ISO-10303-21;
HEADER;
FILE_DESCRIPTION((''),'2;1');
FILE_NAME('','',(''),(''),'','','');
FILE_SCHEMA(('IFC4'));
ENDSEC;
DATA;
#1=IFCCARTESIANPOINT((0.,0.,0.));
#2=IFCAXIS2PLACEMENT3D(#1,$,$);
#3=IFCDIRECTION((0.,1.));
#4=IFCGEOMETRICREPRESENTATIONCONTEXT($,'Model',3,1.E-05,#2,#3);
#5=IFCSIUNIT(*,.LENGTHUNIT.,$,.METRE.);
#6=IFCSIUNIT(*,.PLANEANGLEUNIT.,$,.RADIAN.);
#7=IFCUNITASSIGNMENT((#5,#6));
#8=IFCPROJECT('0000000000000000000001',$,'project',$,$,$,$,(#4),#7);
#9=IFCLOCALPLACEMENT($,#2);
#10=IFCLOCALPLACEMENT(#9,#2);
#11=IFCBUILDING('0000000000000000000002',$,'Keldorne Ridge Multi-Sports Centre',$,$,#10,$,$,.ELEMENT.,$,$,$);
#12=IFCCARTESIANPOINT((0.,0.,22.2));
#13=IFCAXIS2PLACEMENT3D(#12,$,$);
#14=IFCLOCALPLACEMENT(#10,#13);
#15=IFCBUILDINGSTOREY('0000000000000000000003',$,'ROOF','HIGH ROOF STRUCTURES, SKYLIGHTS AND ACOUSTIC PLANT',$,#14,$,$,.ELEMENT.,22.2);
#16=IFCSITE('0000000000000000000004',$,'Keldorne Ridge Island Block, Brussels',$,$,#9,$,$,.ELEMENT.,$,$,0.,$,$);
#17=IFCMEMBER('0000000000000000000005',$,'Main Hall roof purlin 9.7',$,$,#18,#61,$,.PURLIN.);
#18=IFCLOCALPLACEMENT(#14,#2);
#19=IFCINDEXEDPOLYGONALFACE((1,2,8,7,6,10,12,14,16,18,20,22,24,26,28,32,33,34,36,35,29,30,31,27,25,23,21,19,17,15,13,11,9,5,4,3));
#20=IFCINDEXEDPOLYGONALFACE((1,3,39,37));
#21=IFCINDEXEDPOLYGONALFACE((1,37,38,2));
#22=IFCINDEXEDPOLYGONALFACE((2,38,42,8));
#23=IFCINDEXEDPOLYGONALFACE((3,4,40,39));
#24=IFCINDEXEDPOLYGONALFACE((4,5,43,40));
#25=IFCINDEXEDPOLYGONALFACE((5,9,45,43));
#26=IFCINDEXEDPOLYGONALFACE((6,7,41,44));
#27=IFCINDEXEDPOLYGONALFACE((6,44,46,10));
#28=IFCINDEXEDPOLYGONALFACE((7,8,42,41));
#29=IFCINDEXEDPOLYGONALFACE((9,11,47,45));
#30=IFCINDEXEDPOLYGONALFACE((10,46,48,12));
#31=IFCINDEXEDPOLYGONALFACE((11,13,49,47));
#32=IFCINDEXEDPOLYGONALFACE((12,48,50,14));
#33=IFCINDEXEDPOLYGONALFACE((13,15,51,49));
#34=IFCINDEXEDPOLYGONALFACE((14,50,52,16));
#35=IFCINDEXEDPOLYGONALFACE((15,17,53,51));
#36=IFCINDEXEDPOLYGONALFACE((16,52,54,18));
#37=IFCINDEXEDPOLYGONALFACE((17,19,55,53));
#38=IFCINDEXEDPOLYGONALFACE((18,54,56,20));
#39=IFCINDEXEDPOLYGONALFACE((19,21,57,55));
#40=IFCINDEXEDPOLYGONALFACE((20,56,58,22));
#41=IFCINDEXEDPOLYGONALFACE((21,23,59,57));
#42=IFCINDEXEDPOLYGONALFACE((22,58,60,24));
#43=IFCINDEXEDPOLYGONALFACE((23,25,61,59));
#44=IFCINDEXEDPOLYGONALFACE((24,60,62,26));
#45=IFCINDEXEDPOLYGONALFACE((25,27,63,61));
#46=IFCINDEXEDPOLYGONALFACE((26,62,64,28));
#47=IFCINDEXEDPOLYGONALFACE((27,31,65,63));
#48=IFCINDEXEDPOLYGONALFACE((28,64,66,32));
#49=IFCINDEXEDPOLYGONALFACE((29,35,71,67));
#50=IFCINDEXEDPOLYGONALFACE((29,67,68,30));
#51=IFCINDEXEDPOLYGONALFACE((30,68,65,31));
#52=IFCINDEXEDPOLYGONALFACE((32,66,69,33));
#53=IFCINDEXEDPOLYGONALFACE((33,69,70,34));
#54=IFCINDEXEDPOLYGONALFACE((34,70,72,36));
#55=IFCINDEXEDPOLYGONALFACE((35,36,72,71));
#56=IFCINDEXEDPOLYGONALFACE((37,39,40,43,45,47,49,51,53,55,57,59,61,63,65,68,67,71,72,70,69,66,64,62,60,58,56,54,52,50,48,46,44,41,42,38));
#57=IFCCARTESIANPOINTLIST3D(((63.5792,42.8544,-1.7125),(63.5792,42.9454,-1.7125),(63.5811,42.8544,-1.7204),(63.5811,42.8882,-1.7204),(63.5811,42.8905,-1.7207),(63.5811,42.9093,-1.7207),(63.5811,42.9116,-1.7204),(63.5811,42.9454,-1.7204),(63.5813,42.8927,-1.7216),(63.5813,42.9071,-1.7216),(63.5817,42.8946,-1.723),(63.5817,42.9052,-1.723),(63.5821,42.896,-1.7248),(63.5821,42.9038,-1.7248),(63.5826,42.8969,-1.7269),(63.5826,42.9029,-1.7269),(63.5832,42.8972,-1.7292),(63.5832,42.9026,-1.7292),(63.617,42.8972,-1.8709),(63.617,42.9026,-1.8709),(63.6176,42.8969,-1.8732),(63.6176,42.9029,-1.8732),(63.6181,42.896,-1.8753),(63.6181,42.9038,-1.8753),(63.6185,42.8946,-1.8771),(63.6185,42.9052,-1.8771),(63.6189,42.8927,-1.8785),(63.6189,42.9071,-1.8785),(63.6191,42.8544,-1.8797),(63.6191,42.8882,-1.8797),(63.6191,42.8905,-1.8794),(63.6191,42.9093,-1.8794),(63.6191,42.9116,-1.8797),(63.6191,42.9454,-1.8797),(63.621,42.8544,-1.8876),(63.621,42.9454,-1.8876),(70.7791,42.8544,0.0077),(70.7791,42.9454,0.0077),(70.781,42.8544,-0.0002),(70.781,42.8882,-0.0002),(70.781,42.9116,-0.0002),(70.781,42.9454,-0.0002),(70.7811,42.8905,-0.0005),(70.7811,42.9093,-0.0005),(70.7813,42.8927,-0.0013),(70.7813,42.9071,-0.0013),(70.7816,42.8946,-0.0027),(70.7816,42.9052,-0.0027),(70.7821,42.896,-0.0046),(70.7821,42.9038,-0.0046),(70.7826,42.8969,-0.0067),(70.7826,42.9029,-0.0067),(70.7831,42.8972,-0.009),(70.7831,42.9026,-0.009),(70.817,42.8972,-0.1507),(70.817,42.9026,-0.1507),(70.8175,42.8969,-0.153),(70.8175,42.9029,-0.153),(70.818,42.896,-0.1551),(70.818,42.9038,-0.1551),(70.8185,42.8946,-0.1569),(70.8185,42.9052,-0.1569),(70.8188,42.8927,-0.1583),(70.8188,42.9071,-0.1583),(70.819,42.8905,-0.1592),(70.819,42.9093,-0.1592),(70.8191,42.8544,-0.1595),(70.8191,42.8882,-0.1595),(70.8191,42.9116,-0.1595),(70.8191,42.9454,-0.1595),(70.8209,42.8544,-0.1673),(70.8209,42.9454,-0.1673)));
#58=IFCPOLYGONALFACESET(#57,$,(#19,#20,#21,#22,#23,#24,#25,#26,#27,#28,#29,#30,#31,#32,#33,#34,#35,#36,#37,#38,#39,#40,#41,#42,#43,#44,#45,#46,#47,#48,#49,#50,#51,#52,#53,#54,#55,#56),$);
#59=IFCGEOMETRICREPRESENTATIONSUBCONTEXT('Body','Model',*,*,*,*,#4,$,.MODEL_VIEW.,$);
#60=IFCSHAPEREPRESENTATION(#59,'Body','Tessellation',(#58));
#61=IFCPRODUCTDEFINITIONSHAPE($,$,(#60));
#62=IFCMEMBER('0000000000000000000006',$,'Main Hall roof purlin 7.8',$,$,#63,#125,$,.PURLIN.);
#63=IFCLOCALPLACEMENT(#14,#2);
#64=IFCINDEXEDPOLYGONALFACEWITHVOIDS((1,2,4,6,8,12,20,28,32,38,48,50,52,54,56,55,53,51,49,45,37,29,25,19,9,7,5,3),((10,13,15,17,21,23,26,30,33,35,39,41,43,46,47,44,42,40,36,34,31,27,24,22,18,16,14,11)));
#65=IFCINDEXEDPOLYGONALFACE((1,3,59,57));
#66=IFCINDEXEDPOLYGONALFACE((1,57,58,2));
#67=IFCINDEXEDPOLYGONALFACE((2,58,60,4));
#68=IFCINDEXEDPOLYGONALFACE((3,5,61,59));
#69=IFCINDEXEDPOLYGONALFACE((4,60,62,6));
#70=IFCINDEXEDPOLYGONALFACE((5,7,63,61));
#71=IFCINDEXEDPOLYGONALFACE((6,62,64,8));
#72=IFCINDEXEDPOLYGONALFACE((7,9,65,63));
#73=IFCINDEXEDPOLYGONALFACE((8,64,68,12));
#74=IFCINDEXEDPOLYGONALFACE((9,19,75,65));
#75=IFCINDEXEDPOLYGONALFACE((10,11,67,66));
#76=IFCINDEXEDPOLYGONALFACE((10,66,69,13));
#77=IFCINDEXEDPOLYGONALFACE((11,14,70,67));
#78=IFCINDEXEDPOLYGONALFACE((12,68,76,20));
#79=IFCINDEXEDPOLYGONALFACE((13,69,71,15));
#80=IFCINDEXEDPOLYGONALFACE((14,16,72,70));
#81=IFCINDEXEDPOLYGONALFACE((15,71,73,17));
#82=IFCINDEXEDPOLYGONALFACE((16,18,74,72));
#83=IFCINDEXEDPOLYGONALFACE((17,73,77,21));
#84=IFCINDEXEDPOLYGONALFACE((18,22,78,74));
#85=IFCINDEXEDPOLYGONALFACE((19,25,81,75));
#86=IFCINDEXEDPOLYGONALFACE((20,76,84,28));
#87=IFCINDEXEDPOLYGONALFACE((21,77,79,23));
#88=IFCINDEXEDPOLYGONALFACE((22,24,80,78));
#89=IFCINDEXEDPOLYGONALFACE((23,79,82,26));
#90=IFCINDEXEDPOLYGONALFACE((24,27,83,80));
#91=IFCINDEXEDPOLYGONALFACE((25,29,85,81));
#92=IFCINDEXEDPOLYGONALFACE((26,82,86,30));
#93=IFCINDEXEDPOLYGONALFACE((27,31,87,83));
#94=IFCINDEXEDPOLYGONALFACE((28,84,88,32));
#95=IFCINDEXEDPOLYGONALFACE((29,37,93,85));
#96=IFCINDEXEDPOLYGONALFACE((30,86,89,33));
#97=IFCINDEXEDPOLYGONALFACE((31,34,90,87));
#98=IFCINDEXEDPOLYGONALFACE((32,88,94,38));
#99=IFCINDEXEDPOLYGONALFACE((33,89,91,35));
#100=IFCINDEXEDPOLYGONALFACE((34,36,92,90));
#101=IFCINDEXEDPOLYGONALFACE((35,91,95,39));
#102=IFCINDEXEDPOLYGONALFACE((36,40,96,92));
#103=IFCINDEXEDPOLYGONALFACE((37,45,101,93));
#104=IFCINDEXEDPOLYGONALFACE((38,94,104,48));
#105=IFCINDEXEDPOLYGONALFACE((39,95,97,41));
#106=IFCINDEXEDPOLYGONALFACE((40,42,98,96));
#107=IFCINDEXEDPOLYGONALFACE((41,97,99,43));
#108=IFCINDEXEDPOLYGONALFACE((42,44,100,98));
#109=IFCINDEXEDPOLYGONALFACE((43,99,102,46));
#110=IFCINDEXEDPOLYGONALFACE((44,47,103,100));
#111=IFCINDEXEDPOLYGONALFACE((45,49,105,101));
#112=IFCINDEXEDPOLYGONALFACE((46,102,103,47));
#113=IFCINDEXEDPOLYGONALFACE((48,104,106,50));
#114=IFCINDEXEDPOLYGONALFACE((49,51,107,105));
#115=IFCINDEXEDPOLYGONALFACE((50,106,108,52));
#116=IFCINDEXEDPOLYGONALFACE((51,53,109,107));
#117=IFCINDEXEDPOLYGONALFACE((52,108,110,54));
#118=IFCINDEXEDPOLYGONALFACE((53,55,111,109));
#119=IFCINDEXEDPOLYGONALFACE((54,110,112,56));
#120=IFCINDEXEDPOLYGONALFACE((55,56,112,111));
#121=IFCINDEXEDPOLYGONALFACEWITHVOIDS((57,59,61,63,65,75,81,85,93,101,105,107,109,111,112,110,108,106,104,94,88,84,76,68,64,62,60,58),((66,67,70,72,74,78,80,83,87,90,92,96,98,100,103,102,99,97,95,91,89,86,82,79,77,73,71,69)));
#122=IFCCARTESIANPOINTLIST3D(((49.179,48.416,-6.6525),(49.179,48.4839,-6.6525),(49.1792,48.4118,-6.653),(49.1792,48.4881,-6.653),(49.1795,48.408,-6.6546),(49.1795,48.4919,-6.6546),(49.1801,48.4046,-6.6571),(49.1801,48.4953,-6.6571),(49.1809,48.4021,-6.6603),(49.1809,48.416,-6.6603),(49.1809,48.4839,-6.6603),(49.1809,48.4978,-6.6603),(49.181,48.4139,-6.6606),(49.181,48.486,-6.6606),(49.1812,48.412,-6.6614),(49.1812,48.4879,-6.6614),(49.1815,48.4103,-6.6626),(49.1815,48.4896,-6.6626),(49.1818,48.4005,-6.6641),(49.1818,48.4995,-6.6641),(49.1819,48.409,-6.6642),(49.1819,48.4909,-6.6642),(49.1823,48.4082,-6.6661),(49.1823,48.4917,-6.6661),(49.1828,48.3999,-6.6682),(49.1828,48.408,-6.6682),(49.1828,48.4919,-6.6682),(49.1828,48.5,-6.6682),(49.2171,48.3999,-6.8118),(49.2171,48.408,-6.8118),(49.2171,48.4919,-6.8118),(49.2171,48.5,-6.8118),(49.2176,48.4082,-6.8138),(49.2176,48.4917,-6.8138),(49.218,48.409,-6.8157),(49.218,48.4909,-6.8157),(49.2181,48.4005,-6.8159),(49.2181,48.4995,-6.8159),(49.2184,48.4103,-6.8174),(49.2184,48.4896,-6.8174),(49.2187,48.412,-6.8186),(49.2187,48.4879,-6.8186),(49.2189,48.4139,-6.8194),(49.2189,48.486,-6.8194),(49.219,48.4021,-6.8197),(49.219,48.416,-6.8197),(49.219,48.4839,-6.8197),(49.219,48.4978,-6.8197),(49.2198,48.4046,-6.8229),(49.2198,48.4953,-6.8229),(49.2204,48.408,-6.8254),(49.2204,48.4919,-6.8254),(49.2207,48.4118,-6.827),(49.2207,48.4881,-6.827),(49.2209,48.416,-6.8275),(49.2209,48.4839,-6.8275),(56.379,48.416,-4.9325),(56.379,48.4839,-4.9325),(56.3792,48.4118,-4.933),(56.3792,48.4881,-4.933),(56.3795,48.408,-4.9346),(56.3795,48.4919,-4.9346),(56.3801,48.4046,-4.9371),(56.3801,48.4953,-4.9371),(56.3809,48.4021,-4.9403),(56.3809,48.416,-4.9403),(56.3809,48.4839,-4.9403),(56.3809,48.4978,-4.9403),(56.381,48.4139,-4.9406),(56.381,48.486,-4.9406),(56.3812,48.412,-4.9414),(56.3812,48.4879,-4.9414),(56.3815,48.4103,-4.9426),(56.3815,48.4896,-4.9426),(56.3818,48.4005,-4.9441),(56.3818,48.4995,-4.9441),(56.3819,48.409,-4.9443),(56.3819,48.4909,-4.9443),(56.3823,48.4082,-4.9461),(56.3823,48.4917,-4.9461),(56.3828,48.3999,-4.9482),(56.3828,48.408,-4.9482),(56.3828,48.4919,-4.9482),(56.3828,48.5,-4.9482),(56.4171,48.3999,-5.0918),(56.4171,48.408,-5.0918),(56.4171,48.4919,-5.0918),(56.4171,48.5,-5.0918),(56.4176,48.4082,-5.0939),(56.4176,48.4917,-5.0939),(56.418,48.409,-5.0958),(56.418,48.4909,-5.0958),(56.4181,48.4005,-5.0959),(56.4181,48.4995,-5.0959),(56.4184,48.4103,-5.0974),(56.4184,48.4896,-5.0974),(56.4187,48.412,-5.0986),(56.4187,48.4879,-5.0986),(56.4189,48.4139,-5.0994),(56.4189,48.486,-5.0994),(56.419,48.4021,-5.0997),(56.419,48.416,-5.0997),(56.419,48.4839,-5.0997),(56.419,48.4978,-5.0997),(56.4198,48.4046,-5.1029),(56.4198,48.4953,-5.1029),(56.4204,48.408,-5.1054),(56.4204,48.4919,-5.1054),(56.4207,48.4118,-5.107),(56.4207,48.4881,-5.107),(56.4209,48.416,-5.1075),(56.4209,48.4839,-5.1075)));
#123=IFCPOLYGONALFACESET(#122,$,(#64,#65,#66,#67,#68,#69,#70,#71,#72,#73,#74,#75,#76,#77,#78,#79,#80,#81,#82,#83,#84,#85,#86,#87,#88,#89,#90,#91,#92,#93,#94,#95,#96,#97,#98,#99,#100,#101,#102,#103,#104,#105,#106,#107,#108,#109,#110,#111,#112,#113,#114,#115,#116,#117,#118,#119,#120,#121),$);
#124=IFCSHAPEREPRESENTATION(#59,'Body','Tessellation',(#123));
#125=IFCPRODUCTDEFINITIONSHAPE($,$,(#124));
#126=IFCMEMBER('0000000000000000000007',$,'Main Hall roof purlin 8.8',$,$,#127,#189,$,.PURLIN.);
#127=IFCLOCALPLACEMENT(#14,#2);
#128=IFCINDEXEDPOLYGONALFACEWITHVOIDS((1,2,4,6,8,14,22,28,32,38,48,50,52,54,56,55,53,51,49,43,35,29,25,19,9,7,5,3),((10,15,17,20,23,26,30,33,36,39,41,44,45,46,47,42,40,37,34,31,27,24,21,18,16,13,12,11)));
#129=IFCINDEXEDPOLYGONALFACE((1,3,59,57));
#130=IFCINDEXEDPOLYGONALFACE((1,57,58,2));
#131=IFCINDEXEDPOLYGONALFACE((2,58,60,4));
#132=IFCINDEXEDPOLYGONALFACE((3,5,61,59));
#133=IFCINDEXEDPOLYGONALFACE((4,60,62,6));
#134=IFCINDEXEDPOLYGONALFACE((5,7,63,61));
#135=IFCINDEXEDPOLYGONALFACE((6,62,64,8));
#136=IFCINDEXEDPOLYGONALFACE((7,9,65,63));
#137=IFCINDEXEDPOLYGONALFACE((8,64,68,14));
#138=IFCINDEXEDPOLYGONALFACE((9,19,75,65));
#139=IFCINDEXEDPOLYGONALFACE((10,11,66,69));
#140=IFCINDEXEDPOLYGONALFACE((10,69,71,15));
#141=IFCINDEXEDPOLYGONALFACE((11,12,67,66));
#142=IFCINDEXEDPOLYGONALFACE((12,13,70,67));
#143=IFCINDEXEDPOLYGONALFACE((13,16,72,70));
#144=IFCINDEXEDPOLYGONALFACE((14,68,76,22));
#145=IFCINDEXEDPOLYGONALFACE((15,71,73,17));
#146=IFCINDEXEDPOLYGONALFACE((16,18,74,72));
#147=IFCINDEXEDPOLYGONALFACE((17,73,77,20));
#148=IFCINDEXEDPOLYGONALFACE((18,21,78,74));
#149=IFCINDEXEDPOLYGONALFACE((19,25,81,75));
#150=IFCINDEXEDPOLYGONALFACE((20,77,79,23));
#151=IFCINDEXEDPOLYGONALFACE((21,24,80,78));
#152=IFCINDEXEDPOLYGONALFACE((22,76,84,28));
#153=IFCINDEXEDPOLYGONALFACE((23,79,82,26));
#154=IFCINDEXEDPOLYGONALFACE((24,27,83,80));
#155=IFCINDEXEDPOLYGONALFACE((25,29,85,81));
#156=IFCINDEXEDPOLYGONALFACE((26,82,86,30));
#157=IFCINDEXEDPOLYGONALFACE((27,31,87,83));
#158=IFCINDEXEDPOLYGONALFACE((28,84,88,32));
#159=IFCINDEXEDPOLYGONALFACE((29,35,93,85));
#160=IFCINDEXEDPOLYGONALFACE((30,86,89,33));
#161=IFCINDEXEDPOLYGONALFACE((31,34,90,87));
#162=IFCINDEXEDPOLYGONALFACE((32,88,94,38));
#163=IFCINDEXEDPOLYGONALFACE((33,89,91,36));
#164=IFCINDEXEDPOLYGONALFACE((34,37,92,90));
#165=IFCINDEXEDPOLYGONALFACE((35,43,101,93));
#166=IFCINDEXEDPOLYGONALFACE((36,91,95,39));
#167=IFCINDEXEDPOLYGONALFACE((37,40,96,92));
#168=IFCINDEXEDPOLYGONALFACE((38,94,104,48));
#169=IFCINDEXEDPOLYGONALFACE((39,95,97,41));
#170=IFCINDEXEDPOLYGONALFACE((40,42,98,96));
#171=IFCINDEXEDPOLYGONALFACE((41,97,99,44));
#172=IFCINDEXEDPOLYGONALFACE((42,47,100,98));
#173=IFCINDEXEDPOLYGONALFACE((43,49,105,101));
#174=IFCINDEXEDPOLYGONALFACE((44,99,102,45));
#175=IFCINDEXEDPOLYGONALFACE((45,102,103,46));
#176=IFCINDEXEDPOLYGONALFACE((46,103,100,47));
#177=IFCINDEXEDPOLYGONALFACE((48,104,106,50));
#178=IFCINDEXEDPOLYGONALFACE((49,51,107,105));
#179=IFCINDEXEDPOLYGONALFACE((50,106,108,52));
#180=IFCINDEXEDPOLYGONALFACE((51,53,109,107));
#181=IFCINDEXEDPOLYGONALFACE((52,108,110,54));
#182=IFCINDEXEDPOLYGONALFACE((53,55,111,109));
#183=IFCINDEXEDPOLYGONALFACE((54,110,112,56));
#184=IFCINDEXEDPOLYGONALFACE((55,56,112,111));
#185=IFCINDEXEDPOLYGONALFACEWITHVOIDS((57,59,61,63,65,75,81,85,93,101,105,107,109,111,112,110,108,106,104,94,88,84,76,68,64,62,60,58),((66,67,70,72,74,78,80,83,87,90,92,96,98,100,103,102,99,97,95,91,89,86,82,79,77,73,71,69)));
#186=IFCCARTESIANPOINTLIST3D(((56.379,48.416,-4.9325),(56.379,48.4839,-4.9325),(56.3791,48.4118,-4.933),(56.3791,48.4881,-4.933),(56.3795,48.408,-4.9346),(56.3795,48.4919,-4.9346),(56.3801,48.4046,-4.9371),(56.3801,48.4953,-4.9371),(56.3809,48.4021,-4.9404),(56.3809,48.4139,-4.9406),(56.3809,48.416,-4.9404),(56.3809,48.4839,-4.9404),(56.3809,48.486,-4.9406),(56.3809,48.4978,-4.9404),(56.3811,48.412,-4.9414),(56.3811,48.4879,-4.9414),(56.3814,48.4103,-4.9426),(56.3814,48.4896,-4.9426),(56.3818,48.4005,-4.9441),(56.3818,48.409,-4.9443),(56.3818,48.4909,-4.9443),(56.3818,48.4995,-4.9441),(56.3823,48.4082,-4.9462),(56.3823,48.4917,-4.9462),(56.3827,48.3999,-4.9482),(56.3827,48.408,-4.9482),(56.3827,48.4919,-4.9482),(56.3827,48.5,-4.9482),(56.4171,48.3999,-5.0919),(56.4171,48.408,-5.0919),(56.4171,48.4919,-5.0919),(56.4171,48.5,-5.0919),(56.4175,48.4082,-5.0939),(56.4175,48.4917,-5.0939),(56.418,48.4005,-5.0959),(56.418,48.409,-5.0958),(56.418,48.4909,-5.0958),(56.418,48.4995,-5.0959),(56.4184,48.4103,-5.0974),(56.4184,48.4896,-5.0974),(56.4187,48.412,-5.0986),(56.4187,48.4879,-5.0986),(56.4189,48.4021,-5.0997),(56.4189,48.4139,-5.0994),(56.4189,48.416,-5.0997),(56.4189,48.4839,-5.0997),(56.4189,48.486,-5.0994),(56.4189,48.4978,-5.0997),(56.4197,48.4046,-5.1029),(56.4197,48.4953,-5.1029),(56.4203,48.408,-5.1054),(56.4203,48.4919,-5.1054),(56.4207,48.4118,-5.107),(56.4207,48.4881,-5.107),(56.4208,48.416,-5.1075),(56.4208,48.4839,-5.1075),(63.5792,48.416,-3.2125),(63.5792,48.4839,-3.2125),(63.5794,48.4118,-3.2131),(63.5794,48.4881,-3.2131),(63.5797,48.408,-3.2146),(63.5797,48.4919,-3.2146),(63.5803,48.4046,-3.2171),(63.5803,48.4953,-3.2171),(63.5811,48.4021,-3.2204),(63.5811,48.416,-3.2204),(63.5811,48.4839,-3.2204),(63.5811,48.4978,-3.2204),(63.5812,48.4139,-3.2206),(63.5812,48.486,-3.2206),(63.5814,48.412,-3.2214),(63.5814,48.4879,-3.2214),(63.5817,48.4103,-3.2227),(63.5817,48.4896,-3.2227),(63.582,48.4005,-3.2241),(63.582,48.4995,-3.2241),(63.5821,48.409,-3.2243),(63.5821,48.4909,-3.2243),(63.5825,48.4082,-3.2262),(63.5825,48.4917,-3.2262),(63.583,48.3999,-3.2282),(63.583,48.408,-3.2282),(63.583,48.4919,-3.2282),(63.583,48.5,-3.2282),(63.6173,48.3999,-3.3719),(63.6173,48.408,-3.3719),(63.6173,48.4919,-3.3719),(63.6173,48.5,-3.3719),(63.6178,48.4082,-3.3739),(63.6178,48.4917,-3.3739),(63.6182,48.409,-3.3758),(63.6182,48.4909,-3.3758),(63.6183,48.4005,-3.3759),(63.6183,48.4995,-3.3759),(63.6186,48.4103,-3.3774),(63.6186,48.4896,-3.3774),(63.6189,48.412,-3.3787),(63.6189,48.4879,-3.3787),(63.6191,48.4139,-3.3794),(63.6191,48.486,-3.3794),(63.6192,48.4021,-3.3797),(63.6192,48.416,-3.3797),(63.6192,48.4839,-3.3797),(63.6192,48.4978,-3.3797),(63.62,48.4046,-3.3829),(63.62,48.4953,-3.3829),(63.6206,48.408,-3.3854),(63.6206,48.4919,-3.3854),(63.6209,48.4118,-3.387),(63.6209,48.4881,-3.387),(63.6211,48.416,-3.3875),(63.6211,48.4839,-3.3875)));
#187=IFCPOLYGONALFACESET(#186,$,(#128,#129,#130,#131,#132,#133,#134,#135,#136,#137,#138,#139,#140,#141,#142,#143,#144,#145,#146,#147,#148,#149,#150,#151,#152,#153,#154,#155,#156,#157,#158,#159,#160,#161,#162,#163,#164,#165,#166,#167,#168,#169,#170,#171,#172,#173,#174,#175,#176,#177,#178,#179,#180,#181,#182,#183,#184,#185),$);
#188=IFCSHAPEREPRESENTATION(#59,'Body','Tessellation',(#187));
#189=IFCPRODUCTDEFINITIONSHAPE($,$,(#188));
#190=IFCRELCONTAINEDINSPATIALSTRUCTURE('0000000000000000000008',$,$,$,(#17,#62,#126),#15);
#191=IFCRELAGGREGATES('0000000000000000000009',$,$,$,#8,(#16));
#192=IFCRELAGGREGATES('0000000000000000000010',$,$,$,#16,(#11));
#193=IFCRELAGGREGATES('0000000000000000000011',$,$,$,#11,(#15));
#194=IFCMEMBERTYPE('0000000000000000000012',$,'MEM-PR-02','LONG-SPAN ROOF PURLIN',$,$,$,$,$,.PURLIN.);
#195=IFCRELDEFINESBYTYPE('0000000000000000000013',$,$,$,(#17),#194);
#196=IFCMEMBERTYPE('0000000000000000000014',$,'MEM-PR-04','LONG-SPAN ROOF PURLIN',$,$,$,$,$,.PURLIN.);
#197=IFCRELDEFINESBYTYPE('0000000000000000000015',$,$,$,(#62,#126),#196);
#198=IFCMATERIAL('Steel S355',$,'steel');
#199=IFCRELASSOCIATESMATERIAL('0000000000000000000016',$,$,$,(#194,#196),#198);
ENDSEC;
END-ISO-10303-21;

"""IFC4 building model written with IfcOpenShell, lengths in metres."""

from ifc_helpers import new_model, si_unit, direction, frame, origin, origin_2d, place, context, subcontext, project, spatial, hollow_rectangle, i_section, extrude, material, material_profile, profile_set, type_object, element, save


model = new_model("IFC4")

# Units and contexts
model_context = context("Model", 3, precision=1e-05, world=origin(), true_north=direction((0.0, 1.0)))
body_context = subcontext(model_context, "Body", "Model", "MODEL_VIEW")
ifc_project = project(units=[si_unit("LENGTHUNIT", "METRE"), si_unit("PLANEANGLEUNIT", "RADIAN")], contexts=[model_context])

# Site, building, storey
site_placement = place(None, origin())
site = spatial("IfcSite", under=ifc_project, at=site_placement, Name="Keldorne Ridge Island Block, Brussels", CompositionType="ELEMENT", RefElevation=0.0)
building_placement = place(site_placement, origin())
building = spatial("IfcBuilding", under=site, at=building_placement, Name="Keldorne Ridge Multi-Sports Centre", CompositionType="ELEMENT")
storey_placement = place(building_placement, frame((0.0, 0.0, 22.2)))
storey = spatial("IfcBuildingStorey", under=building, at=storey_placement, Name="ROOF", Description="HIGH ROOF STRUCTURES, SKYLIGHTS AND ACOUSTIC PLANT", CompositionType="ELEMENT", Elevation=22.2)

# Members
ifc_material = material(Name="Steel S355", Category="steel")
ifc_material_profile_1 = material_profile(ifc_material, i_section(OverallWidth=0.0911, OverallDepth=0.1799, WebThickness=0.0054, FlangeThickness=0.0081, FilletRadius=0.009, at=origin_2d()), Name="IPE 180")
ifc_profile_set_1 = profile_set([ifc_material_profile_1], Name="Steel S355")
member_type_1 = type_object("IfcMemberType", Name="MEM-PR-02", Description="LONG-SPAN ROOF PURLIN", PredefinedType="PURLIN", material=ifc_profile_set_1)
member_1_placement = place(storey_placement, frame((63.6001, 42.8999, -1.8), z_axis=(0.972625, 0.0, 0.23238), x_axis=(0.0, 1.0, 0.0)))
element("IfcMember", 1, at=member_1_placement, inside=storey, type_object=member_type_1, Name="Main Hall roof purlin 9.7", PredefinedType="PURLIN", context=body_context, shape_type="SweptSolid", body=[
    extrude(i_section(OverallWidth=0.0911, OverallDepth=0.1799, WebThickness=0.0054, FlangeThickness=0.0081, FilletRadius=0.009, at=origin_2d()), origin(), (0.0, 0.0, 1.0), 7.4026),
])
ifc_material_profile_2 = material_profile(ifc_material, hollow_rectangle(XDim=0.1001, YDim=0.1799, WallThickness=0.0081, InnerFilletRadius=0.0081, OuterFilletRadius=0.0161, at=origin_2d()), Name="RHS 180x100x8")
ifc_profile_set_2 = profile_set([ifc_material_profile_2], Name="Steel S355")
member_type_2 = type_object("IfcMemberType", Name="MEM-PR-04", Description="LONG-SPAN ROOF PURLIN", PredefinedType="PURLIN", material=ifc_profile_set_2)
member_2_placement = place(storey_placement, frame((49.2, 48.45, -6.74), z_axis=(0.972633, 0.0, 0.232349), x_axis=(0.0, 1.0, 0.0)))
element("IfcMember", 2, at=member_2_placement, inside=storey, type_object=member_type_2, Name="Main Hall roof purlin 7.8", PredefinedType="PURLIN", context=body_context, shape_type="SweptSolid", body=[
    extrude(hollow_rectangle(XDim=0.1001, YDim=0.1799, WallThickness=0.0081, InnerFilletRadius=0.0081, OuterFilletRadius=0.0161, at=origin_2d()), origin(), (0.0, 0.0, 1.0), 7.4026),
])
member_3_placement = place(storey_placement, frame((56.3999, 48.45, -5.02), z_axis=(0.972634, 0.0, 0.232341), x_axis=(0.0, 1.0, 0.0)))
element("IfcMember", 3, at=member_3_placement, inside=storey, type_object=member_type_2, Name="Main Hall roof purlin 8.8", PredefinedType="PURLIN", context=body_context, shape_type="SweptSolid", body=[
    extrude(hollow_rectangle(XDim=0.1001, YDim=0.1799, WallThickness=0.0081, InnerFilletRadius=0.0081, OuterFilletRadius=0.0161, at=origin_2d()), origin(), (0.0, 0.0, 1.0), 7.4028),
])

save(model, "model.ifc")
